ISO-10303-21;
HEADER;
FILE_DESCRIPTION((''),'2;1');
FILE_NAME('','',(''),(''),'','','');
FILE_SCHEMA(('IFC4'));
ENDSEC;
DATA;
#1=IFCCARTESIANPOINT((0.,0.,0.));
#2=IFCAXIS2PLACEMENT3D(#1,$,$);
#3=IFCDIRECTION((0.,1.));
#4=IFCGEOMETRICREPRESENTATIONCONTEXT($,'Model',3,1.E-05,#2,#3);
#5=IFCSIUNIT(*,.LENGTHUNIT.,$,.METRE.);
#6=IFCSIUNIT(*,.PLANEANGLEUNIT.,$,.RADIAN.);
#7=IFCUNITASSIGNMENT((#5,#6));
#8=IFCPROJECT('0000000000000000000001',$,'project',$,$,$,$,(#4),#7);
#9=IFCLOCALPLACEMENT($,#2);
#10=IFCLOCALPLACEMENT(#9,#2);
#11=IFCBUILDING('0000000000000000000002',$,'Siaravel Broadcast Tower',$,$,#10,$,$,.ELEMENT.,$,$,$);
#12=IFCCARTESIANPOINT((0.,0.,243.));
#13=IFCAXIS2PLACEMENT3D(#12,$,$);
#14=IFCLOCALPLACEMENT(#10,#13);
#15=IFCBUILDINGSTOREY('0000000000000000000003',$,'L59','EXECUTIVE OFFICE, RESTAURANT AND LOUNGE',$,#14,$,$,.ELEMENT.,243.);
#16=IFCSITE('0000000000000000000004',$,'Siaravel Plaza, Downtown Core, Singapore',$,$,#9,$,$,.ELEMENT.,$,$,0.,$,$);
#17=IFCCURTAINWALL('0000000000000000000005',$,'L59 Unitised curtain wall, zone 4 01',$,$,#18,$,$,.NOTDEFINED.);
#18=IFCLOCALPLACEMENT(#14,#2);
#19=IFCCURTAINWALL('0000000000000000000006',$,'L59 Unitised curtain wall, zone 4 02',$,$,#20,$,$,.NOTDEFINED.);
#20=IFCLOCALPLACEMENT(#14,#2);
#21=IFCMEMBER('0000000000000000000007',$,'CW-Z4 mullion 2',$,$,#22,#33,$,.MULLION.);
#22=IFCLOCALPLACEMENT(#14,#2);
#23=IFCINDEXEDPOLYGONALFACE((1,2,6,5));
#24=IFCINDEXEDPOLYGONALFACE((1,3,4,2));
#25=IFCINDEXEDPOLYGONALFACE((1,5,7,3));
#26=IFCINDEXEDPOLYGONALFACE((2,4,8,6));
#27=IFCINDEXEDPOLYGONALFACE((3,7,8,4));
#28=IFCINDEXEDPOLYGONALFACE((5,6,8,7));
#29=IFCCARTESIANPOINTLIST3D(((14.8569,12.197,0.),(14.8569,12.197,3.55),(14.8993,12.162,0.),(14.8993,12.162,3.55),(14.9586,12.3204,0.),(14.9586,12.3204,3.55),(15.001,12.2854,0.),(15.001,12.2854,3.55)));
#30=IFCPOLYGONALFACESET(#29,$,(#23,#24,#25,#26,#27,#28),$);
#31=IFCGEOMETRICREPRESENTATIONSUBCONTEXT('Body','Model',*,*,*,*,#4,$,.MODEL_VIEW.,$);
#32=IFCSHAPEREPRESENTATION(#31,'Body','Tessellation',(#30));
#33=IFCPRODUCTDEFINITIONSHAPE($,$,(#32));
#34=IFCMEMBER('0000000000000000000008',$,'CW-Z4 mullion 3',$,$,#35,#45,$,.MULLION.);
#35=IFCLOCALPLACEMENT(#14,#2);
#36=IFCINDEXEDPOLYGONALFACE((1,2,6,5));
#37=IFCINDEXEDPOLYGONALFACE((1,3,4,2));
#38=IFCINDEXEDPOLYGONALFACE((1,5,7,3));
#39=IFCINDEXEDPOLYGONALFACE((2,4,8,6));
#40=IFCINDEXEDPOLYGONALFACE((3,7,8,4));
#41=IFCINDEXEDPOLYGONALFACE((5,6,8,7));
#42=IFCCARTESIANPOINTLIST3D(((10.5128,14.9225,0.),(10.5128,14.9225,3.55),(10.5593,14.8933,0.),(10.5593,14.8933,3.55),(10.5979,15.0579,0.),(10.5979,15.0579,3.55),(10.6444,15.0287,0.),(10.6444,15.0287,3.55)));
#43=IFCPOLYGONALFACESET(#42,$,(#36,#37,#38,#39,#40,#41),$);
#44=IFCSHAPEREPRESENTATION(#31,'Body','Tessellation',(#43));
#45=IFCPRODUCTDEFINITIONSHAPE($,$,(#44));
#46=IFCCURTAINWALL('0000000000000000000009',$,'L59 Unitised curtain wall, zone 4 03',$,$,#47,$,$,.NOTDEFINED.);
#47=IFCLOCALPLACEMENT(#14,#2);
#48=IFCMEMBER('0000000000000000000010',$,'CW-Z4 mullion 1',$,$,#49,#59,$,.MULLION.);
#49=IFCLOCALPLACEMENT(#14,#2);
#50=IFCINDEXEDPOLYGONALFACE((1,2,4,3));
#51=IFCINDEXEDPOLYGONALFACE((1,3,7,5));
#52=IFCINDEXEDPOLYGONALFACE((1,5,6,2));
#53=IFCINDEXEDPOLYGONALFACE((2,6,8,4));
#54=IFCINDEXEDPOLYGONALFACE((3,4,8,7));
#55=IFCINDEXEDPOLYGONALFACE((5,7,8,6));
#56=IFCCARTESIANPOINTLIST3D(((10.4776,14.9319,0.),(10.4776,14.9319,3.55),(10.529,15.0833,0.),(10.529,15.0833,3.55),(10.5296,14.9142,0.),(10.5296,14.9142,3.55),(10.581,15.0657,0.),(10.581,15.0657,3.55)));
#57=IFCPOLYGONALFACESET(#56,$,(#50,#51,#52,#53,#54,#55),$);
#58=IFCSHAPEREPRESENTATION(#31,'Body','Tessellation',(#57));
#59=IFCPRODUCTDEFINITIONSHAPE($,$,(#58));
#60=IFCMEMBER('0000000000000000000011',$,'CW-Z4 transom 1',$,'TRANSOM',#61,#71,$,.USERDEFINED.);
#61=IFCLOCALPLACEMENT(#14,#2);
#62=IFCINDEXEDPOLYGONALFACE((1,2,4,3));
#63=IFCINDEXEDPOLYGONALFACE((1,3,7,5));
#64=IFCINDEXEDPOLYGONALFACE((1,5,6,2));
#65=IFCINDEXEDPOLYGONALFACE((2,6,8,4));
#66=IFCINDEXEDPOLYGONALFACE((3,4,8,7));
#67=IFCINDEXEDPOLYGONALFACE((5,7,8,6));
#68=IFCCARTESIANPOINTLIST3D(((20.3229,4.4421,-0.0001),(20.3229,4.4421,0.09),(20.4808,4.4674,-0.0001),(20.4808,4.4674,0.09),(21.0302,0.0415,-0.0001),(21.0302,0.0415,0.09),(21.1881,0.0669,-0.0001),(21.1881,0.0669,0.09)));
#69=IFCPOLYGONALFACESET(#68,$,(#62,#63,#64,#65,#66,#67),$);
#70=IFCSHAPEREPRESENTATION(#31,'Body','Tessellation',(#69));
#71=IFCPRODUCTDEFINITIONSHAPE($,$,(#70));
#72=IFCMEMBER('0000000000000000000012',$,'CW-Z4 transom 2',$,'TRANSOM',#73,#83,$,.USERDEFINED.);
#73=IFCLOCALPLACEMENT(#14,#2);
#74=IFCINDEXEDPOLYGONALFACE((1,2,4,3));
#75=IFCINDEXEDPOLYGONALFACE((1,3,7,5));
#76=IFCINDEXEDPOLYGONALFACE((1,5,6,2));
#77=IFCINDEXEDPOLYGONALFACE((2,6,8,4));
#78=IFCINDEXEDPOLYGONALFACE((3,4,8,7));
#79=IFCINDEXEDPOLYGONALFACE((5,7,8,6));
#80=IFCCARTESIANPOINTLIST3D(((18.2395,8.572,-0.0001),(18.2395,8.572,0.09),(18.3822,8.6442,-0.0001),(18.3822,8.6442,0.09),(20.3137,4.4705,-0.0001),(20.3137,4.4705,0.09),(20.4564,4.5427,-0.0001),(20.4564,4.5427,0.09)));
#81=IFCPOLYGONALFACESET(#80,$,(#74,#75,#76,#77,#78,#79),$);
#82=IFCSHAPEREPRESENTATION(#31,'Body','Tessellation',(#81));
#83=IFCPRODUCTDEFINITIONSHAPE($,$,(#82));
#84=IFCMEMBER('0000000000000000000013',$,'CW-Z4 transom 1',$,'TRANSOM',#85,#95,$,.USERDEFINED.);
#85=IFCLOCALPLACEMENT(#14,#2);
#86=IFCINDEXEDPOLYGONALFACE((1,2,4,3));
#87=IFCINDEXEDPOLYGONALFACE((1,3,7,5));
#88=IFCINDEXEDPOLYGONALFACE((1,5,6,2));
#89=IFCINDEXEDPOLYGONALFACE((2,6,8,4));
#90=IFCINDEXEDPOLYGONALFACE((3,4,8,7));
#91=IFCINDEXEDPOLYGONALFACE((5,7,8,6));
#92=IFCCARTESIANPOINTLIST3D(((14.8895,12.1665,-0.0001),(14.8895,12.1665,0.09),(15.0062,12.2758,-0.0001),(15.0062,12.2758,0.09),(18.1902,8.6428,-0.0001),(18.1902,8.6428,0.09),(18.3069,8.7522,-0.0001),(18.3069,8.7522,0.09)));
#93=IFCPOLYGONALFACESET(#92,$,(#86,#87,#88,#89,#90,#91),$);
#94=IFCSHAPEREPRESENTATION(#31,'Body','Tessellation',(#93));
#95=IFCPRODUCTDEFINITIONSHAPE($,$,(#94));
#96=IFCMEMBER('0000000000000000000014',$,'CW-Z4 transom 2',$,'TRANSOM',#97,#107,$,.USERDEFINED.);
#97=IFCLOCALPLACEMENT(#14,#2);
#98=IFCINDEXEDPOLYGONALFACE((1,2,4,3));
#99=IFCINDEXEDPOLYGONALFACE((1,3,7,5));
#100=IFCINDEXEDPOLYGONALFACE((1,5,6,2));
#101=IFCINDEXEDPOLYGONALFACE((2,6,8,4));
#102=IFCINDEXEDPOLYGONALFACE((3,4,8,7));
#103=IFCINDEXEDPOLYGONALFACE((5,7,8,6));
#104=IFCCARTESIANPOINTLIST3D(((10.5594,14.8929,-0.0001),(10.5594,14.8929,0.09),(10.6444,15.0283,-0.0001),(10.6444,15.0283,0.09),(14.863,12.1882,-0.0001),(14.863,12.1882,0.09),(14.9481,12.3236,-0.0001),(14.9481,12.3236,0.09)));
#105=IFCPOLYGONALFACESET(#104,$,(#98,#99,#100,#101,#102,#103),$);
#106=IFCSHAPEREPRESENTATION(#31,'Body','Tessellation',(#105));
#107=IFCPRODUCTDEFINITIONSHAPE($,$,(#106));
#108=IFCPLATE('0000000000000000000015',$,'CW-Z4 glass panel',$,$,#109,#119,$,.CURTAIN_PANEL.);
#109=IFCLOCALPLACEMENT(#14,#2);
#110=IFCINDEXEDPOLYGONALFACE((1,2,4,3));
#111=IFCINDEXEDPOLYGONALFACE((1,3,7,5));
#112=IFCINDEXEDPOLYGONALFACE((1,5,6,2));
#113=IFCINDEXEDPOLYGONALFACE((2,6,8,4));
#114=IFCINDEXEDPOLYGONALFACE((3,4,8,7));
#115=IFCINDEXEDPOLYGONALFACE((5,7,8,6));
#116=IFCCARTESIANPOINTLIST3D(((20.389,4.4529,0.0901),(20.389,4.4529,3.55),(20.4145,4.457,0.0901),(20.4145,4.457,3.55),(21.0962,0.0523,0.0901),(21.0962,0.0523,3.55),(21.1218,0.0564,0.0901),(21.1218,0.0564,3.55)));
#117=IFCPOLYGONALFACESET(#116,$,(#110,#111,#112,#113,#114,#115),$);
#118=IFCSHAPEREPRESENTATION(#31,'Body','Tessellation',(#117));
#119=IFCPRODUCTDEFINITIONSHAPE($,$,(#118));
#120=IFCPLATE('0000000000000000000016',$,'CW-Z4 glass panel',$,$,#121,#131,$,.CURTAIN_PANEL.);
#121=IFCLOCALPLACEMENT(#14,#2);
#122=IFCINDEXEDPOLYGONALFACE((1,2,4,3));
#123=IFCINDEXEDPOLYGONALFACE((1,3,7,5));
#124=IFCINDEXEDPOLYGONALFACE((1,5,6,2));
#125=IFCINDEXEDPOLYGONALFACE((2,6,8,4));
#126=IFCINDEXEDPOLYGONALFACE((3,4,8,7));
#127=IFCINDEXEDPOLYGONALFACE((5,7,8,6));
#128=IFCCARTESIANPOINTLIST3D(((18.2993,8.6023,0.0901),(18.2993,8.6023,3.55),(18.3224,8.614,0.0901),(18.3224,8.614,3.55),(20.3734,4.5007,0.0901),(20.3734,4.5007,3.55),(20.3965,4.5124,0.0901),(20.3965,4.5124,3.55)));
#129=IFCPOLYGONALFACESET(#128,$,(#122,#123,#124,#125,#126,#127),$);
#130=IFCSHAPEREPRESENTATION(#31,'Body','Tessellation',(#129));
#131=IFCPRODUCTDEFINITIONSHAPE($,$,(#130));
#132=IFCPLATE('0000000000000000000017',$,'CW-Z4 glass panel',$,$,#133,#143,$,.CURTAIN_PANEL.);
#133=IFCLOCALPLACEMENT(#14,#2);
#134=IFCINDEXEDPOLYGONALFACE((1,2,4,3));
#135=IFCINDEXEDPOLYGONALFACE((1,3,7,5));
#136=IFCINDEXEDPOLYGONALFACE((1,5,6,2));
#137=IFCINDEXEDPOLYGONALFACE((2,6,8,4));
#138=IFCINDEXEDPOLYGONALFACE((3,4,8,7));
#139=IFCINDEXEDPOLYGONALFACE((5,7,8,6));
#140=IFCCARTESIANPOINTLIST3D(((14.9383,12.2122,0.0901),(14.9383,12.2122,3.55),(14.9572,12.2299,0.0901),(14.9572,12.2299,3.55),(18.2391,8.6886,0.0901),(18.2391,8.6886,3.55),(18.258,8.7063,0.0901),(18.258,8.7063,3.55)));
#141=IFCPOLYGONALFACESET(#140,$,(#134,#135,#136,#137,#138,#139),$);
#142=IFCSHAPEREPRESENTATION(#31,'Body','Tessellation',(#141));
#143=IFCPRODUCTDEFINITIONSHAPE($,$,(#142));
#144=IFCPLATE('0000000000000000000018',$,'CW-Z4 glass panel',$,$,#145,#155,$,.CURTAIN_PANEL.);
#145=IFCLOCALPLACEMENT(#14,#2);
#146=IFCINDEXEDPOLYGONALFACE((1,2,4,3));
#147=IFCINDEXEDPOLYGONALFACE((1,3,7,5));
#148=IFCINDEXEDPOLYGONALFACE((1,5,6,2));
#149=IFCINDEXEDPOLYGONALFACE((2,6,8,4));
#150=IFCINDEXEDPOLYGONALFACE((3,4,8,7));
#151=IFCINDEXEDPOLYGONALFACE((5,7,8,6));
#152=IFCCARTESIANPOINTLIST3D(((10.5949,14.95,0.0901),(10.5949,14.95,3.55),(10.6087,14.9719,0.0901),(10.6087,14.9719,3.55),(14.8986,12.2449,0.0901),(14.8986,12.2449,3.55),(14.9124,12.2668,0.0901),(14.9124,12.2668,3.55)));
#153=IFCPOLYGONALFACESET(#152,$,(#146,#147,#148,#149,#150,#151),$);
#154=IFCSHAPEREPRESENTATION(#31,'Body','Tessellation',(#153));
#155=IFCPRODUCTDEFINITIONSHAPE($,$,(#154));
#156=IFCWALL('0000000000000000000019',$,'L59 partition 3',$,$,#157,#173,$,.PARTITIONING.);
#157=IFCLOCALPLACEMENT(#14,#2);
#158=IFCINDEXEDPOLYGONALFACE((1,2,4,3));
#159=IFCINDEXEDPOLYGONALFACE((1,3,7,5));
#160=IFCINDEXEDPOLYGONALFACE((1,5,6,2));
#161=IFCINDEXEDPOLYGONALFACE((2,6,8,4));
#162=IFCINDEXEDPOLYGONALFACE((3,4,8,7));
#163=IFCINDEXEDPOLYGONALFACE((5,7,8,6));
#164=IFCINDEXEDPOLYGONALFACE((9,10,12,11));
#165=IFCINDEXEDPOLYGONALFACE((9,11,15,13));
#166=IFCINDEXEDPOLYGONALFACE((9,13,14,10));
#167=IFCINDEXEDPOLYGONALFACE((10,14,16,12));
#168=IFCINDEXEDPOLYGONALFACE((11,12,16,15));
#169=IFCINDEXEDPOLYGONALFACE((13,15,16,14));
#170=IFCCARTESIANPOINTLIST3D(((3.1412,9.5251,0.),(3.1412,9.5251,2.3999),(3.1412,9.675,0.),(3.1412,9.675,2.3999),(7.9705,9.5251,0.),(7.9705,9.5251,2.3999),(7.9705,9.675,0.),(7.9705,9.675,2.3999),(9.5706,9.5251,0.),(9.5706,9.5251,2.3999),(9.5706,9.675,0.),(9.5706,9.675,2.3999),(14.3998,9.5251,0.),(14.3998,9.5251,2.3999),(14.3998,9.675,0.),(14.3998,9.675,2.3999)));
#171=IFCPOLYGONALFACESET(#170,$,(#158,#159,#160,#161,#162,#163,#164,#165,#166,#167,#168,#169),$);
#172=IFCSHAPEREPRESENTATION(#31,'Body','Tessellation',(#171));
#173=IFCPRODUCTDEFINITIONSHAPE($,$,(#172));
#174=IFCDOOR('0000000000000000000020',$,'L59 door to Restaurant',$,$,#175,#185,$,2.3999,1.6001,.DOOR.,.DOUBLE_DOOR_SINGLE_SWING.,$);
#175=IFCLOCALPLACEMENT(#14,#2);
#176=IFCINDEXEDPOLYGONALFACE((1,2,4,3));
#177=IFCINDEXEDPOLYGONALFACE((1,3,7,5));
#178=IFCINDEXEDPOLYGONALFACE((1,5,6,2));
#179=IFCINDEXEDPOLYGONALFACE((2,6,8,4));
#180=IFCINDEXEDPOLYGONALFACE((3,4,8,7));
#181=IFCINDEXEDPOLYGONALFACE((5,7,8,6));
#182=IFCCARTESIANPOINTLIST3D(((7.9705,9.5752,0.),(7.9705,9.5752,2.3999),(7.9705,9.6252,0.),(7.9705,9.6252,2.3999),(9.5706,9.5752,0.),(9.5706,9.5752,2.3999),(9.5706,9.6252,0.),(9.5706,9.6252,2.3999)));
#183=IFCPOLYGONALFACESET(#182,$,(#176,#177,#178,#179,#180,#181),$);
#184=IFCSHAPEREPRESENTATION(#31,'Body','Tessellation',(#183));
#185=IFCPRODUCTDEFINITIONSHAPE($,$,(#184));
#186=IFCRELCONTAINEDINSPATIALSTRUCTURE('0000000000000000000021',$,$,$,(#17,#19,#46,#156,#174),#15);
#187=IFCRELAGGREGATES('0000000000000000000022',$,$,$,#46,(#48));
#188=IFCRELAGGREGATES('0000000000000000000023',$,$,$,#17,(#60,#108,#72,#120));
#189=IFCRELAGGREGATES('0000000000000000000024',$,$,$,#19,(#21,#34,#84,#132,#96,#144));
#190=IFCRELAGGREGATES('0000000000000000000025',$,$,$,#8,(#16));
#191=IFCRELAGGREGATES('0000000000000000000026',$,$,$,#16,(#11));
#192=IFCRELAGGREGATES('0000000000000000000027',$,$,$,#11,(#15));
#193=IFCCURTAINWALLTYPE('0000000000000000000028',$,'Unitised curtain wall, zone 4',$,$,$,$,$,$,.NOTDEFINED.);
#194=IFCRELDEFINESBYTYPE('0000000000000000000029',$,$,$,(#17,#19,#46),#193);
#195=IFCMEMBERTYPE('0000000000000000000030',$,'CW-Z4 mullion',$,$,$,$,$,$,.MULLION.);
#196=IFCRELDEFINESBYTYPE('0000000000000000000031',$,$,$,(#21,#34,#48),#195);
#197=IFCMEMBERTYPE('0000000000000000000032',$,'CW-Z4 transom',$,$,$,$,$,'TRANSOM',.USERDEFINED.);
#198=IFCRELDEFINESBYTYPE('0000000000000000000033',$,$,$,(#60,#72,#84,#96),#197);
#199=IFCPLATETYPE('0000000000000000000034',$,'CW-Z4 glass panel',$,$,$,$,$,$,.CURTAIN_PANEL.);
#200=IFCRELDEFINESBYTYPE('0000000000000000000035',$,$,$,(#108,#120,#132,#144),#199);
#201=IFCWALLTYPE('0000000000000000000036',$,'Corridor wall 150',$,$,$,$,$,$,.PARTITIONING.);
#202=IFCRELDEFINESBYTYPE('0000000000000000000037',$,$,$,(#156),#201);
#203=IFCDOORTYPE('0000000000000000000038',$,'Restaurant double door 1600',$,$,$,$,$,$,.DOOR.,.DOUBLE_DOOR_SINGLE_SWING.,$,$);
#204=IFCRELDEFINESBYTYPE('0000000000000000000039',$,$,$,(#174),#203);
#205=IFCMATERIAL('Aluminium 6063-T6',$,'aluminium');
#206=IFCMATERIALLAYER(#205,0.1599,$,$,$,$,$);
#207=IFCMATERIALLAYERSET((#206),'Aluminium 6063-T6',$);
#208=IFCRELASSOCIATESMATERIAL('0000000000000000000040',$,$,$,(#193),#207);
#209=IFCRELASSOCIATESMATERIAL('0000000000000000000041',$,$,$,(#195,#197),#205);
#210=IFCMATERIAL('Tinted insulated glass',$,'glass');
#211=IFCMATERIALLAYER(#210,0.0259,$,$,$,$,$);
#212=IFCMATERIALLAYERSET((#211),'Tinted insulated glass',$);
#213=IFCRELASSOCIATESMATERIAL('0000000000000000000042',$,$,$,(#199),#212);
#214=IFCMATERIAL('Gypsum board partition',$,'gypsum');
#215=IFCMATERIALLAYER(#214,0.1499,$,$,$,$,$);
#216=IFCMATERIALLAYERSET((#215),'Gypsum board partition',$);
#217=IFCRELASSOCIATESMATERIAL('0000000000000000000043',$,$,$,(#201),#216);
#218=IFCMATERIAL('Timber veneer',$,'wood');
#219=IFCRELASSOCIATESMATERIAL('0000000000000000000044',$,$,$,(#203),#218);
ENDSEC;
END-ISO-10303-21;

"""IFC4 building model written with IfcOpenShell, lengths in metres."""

from ifc_helpers import new_model, si_unit, direction, frame, frame_2d, origin, origin_2d, place, context, subcontext, project, spatial, rectangle, extrude, material, layer, layer_set, material_profile, profile_set, type_object, element, fill, aggregate, save


model = new_model("IFC4")

# Units and contexts
model_context = context("Model", 3, precision=1e-05, world=origin(), true_north=direction((0.0, 1.0)))
body_context = subcontext(model_context, "Body", "Model", "MODEL_VIEW")
ifc_project = project(units=[si_unit("LENGTHUNIT", "METRE"), si_unit("PLANEANGLEUNIT", "RADIAN")], contexts=[model_context])

# Site, building, storey
site_placement = place(None, origin())
site = spatial("IfcSite", under=ifc_project, at=site_placement, Name="Siaravel Plaza, Downtown Core, Singapore", CompositionType="ELEMENT", RefElevation=0.0)
building_placement = place(site_placement, origin())
building = spatial("IfcBuilding", under=site, at=building_placement, Name="Siaravel Broadcast Tower", CompositionType="ELEMENT")
storey_placement = place(building_placement, frame((0.0, 0.0, 243.0)))
storey = spatial("IfcBuildingStorey", under=building, at=storey_placement, Name="L59", Description="EXECUTIVE OFFICE, RESTAURANT AND LOUNGE", CompositionType="ELEMENT", Elevation=243.0)

# Curtain walls, members
ifc_material_1 = material(Name="Aluminium 6063-T6", Category="aluminium")
ifc_layer_1 = layer(ifc_material_1, 0.1599)
ifc_layer_set_1 = layer_set([ifc_layer_1], Name="Aluminium 6063-T6")
curtain_wall_type = type_object("IfcCurtainWallType", Name="Unitised curtain wall, zone 4", PredefinedType="NOTDEFINED", material=ifc_layer_set_1)
curtain_wall_1_placement = place(storey_placement, origin())
curtain_wall_1 = element("IfcCurtainWall", 1, at=curtain_wall_1_placement, inside=storey, type_object=curtain_wall_type, Name="L59 Unitised curtain wall, zone 4 01", PredefinedType="NOTDEFINED")
ifc_material_profile_1 = material_profile(ifc_material_1, rectangle(XDim=0.1599, YDim=0.0549, at=origin_2d()))
ifc_profile_set_1 = profile_set([ifc_material_profile_1], Name="Aluminium 6063-T6")
member_type_1 = type_object("IfcMemberType", Name="CW-Z4 mullion", PredefinedType="MULLION", material=ifc_profile_set_1)
curtain_wall_2_placement = place(storey_placement, origin())
curtain_wall_2 = element("IfcCurtainWall", 2, at=curtain_wall_2_placement, inside=storey, type_object=curtain_wall_type, Name="L59 Unitised curtain wall, zone 4 02", PredefinedType="NOTDEFINED")
member_1_placement = place(storey_placement, frame((14.929, 12.2412, 0.0), z_axis=(0.0, 0.0, 1.0), x_axis=(-0.63622, -0.771508, 0.0)))
member_1 = element("IfcMember", 3, at=member_1_placement, type_object=member_type_1, Name="CW-Z4 mullion 2", PredefinedType="MULLION", context=body_context, shape_type="SweptSolid", body=[
    extrude(rectangle(XDim=0.1599, YDim=0.0549, at=origin_2d()), origin(), (0.0, 0.0, 1.0), 3.55),
])
member_2_placement = place(storey_placement, frame((10.5786, 14.9756, 0.0), z_axis=(0.0, 0.0, 1.0), x_axis=(-0.53215, -0.84665, 0.0)))
member_2 = element("IfcMember", 4, at=member_2_placement, type_object=member_type_1, Name="CW-Z4 mullion 3", PredefinedType="MULLION", context=body_context, shape_type="SweptSolid", body=[
    extrude(rectangle(XDim=0.1599, YDim=0.0549, at=origin_2d()), origin(), (0.0, 0.0, 1.0), 3.55),
])

# Curtain wall, member
curtain_wall_3_placement = place(storey_placement, origin())
curtain_wall_3 = element("IfcCurtainWall", 5, at=curtain_wall_3_placement, inside=storey, type_object=curtain_wall_type, Name="L59 Unitised curtain wall, zone 4 03", PredefinedType="NOTDEFINED")
member_3_placement = place(storey_placement, frame((10.5293, 14.9988, 0.0), z_axis=(0.0, 0.0, 1.0), x_axis=(-0.321301, -0.946977, 0.0)))
member_3 = element("IfcMember", 6, at=member_3_placement, type_object=member_type_1, Name="CW-Z4 mullion 1", PredefinedType="MULLION", context=body_context, shape_type="SweptSolid", body=[
    extrude(rectangle(XDim=0.1599, YDim=0.0549, at=origin_2d()), origin(), (0.0, 0.0, 1.0), 3.55),
])
aggregate(curtain_wall_3, [member_3])

# Members
ifc_material_profile_2 = material_profile(ifc_material_1, rectangle(XDim=0.1599, YDim=0.0901, at=origin_2d()))
ifc_profile_set_2 = profile_set([ifc_material_profile_2], Name="Aluminium 6063-T6")
member_type_2 = type_object("IfcMemberType", Name="CW-Z4 transom", ElementType="TRANSOM", PredefinedType="USERDEFINED", material=ifc_profile_set_2)
member_4_placement = place(storey_placement, frame((21.1091, 0.0542, 0.0449), z_axis=(-0.158685, 0.987329, 0.0), x_axis=(-0.987329, -0.158685, 0.0)))
member_4 = element("IfcMember", 7, at=member_4_placement, type_object=member_type_2, Name="CW-Z4 transom 1", ObjectType="TRANSOM", PredefinedType="USERDEFINED", context=body_context, shape_type="SweptSolid", body=[
    extrude(rectangle(XDim=0.1599, YDim=0.0901, at=origin_2d()), origin(), (0.0, 0.0, 1.0), 4.457),
])
member_5_placement = place(storey_placement, frame((20.385, 4.5066, 0.0449), z_axis=(-0.451288, 0.892378, 0.0), x_axis=(-0.892378, -0.451288, 0.0)))
member_5 = element("IfcMember", 8, at=member_5_placement, type_object=member_type_2, Name="CW-Z4 transom 2", ObjectType="TRANSOM", PredefinedType="USERDEFINED", context=body_context, shape_type="SweptSolid", body=[
    extrude(rectangle(XDim=0.1599, YDim=0.0901, at=origin_2d()), origin(), (0.0, 0.0, 1.0), 4.5962),
])
member_6_placement = place(storey_placement, frame((18.2485, 8.6975, 0.0449), z_axis=(-0.683647, 0.729813, 0.0), x_axis=(-0.729813, -0.683647, 0.0)))
member_6 = element("IfcMember", 9, at=member_6_placement, type_object=member_type_2, Name="CW-Z4 transom 1", ObjectType="TRANSOM", PredefinedType="USERDEFINED", context=body_context, shape_type="SweptSolid", body=[
    extrude(rectangle(XDim=0.1599, YDim=0.0901, at=origin_2d()), origin(), (0.0, 0.0, 1.0), 4.8281),
])
member_7_placement = place(storey_placement, frame((14.9055, 12.2559, 0.0449), z_axis=(-0.846668, 0.532121, 0.0), x_axis=(-0.532121, -0.846668, 0.0)))
member_7 = element("IfcMember", 10, at=member_7_placement, type_object=member_type_2, Name="CW-Z4 transom 2", ObjectType="TRANSOM", PredefinedType="USERDEFINED", context=body_context, shape_type="SweptSolid", body=[
    extrude(rectangle(XDim=0.1599, YDim=0.0901, at=origin_2d()), origin(), (0.0, 0.0, 1.0), 5.083),
])

# Plates
ifc_material_2 = material(Name="Tinted insulated glass", Category="glass")
ifc_layer_2 = layer(ifc_material_2, 0.0259)
ifc_layer_set_2 = layer_set([ifc_layer_2], Name="Tinted insulated glass")
plate_type = type_object("IfcPlateType", Name="CW-Z4 glass panel", PredefinedType="CURTAIN_PANEL", material=ifc_layer_set_2)
plate_1_placement = place(storey_placement, frame((20.7554, 2.2546, 0.0901), z_axis=(0.0, 0.0, 1.0), x_axis=(-0.158685, 0.987329, 0.0)))
plate_1 = element("IfcPlate", 11, at=plate_1_placement, type_object=plate_type, Name="CW-Z4 glass panel", PredefinedType="CURTAIN_PANEL", context=body_context, shape_type="SweptSolid", body=[
    extrude(rectangle(XDim=4.457, YDim=0.0259, at=origin_2d()), origin(), (0.0, 0.0, 1.0), 3.46),
])
plate_2_placement = place(storey_placement, frame((19.3479, 6.5574, 0.0901), z_axis=(0.0, 0.0, 1.0), x_axis=(-0.451259, 0.892393, 0.0)))
plate_2 = element("IfcPlate", 12, at=plate_2_placement, type_object=plate_type, Name="CW-Z4 glass panel", PredefinedType="CURTAIN_PANEL", context=body_context, shape_type="SweptSolid", body=[
    extrude(rectangle(XDim=4.5962, YDim=0.0259, at=origin_2d()), origin(), (0.0, 0.0, 1.0), 3.46),
])
aggregate(curtain_wall_1, [member_4, plate_1, member_5, plate_2])
plate_3_placement = place(storey_placement, frame((16.5981, 10.4592, 0.0901), z_axis=(0.0, 0.0, 1.0), x_axis=(-0.683654, 0.729807, 0.0)))
plate_3 = element("IfcPlate", 13, at=plate_3_placement, type_object=plate_type, Name="CW-Z4 glass panel", PredefinedType="CURTAIN_PANEL", context=body_context, shape_type="SweptSolid", body=[
    extrude(rectangle(XDim=4.8281, YDim=0.0259, at=origin_2d()), origin(), (0.0, 0.0, 1.0), 3.46),
])
plate_4_placement = place(storey_placement, frame((12.7537, 13.6084, 0.0901), z_axis=(0.0, 0.0, 1.0), x_axis=(-0.84665, 0.53215, 0.0)))
plate_4 = element("IfcPlate", 14, at=plate_4_placement, type_object=plate_type, Name="CW-Z4 glass panel", PredefinedType="CURTAIN_PANEL", context=body_context, shape_type="SweptSolid", body=[
    extrude(rectangle(XDim=5.0833, YDim=0.0259, at=origin_2d()), origin(), (0.0, 0.0, 1.0), 3.46),
])
aggregate(curtain_wall_2, [member_1, member_2, member_6, plate_3, member_7, plate_4])

# Wall, opening, door
ifc_material_3 = material(Name="Gypsum board partition", Category="gypsum")
ifc_layer_3 = layer(ifc_material_3, 0.1499)
ifc_layer_set_3 = layer_set([ifc_layer_3], Name="Gypsum board partition")
wall_type_1 = type_object("IfcWallType", Name="Corridor wall 150", PredefinedType="PARTITIONING", material=ifc_layer_set_3)
wall_1_placement = place(storey_placement, frame((14.3999, 9.6001, 0.0), z_axis=(0.0, 0.0, 1.0), x_axis=(-1.0, 0.0, 0.0)))
wall_1 = element("IfcWall", 15, at=wall_1_placement, inside=storey, type_object=wall_type_1, Name="L59 partition 3", PredefinedType="PARTITIONING", context=body_context, shape_type="SweptSolid", body=[
    extrude(rectangle(XDim=11.2585, YDim=0.1499, at=frame_2d((5.6294, 0.0))), origin(), (0.0, 0.0, 1.0), 2.3999),
])
opening_placement = place(wall_1_placement, frame((4.8293, 0.0, 0.0)))
opening = element("IfcOpeningElement", 16, at=opening_placement, cuts=wall_1, PredefinedType="OPENING", context=body_context, shape_type="SweptSolid", body=[
    extrude(rectangle(XDim=1.6001, YDim=2.3999, at=frame_2d((0.8, 1.2))), frame((0.0, 0.085, 0.0), z_axis=(0.0, -1.0, 0.0), x_axis=(1.0, 0.0, 0.0)), (0.0, 0.0, 1.0), 0.1699),
])
ifc_material_4 = material(Name="Timber veneer", Category="wood")
door_type = type_object("IfcDoorType", Name="Restaurant double door 1600", OperationType="DOUBLE_DOOR_SINGLE_SWING", PredefinedType="DOOR", material=ifc_material_4)
door_placement = place(opening_placement, origin())
door = element("IfcDoor", 17, at=door_placement, inside=storey, type_object=door_type, Name="L59 door to Restaurant", OperationType="DOUBLE_DOOR_SINGLE_SWING", OverallHeight=2.3999, OverallWidth=1.6001, PredefinedType="DOOR", context=body_context, shape_type="SweptSolid", body=[
    extrude(rectangle(XDim=1.6001, YDim=2.3999, at=frame_2d((0.8, 1.2))), frame((0.0, 0.0249, 0.0), z_axis=(0.0, -1.0, 0.0), x_axis=(1.0, 0.0, 0.0)), (0.0, 0.0, 1.0), 0.05),
])
fill(opening, door)

save(model, "model.ifc")
